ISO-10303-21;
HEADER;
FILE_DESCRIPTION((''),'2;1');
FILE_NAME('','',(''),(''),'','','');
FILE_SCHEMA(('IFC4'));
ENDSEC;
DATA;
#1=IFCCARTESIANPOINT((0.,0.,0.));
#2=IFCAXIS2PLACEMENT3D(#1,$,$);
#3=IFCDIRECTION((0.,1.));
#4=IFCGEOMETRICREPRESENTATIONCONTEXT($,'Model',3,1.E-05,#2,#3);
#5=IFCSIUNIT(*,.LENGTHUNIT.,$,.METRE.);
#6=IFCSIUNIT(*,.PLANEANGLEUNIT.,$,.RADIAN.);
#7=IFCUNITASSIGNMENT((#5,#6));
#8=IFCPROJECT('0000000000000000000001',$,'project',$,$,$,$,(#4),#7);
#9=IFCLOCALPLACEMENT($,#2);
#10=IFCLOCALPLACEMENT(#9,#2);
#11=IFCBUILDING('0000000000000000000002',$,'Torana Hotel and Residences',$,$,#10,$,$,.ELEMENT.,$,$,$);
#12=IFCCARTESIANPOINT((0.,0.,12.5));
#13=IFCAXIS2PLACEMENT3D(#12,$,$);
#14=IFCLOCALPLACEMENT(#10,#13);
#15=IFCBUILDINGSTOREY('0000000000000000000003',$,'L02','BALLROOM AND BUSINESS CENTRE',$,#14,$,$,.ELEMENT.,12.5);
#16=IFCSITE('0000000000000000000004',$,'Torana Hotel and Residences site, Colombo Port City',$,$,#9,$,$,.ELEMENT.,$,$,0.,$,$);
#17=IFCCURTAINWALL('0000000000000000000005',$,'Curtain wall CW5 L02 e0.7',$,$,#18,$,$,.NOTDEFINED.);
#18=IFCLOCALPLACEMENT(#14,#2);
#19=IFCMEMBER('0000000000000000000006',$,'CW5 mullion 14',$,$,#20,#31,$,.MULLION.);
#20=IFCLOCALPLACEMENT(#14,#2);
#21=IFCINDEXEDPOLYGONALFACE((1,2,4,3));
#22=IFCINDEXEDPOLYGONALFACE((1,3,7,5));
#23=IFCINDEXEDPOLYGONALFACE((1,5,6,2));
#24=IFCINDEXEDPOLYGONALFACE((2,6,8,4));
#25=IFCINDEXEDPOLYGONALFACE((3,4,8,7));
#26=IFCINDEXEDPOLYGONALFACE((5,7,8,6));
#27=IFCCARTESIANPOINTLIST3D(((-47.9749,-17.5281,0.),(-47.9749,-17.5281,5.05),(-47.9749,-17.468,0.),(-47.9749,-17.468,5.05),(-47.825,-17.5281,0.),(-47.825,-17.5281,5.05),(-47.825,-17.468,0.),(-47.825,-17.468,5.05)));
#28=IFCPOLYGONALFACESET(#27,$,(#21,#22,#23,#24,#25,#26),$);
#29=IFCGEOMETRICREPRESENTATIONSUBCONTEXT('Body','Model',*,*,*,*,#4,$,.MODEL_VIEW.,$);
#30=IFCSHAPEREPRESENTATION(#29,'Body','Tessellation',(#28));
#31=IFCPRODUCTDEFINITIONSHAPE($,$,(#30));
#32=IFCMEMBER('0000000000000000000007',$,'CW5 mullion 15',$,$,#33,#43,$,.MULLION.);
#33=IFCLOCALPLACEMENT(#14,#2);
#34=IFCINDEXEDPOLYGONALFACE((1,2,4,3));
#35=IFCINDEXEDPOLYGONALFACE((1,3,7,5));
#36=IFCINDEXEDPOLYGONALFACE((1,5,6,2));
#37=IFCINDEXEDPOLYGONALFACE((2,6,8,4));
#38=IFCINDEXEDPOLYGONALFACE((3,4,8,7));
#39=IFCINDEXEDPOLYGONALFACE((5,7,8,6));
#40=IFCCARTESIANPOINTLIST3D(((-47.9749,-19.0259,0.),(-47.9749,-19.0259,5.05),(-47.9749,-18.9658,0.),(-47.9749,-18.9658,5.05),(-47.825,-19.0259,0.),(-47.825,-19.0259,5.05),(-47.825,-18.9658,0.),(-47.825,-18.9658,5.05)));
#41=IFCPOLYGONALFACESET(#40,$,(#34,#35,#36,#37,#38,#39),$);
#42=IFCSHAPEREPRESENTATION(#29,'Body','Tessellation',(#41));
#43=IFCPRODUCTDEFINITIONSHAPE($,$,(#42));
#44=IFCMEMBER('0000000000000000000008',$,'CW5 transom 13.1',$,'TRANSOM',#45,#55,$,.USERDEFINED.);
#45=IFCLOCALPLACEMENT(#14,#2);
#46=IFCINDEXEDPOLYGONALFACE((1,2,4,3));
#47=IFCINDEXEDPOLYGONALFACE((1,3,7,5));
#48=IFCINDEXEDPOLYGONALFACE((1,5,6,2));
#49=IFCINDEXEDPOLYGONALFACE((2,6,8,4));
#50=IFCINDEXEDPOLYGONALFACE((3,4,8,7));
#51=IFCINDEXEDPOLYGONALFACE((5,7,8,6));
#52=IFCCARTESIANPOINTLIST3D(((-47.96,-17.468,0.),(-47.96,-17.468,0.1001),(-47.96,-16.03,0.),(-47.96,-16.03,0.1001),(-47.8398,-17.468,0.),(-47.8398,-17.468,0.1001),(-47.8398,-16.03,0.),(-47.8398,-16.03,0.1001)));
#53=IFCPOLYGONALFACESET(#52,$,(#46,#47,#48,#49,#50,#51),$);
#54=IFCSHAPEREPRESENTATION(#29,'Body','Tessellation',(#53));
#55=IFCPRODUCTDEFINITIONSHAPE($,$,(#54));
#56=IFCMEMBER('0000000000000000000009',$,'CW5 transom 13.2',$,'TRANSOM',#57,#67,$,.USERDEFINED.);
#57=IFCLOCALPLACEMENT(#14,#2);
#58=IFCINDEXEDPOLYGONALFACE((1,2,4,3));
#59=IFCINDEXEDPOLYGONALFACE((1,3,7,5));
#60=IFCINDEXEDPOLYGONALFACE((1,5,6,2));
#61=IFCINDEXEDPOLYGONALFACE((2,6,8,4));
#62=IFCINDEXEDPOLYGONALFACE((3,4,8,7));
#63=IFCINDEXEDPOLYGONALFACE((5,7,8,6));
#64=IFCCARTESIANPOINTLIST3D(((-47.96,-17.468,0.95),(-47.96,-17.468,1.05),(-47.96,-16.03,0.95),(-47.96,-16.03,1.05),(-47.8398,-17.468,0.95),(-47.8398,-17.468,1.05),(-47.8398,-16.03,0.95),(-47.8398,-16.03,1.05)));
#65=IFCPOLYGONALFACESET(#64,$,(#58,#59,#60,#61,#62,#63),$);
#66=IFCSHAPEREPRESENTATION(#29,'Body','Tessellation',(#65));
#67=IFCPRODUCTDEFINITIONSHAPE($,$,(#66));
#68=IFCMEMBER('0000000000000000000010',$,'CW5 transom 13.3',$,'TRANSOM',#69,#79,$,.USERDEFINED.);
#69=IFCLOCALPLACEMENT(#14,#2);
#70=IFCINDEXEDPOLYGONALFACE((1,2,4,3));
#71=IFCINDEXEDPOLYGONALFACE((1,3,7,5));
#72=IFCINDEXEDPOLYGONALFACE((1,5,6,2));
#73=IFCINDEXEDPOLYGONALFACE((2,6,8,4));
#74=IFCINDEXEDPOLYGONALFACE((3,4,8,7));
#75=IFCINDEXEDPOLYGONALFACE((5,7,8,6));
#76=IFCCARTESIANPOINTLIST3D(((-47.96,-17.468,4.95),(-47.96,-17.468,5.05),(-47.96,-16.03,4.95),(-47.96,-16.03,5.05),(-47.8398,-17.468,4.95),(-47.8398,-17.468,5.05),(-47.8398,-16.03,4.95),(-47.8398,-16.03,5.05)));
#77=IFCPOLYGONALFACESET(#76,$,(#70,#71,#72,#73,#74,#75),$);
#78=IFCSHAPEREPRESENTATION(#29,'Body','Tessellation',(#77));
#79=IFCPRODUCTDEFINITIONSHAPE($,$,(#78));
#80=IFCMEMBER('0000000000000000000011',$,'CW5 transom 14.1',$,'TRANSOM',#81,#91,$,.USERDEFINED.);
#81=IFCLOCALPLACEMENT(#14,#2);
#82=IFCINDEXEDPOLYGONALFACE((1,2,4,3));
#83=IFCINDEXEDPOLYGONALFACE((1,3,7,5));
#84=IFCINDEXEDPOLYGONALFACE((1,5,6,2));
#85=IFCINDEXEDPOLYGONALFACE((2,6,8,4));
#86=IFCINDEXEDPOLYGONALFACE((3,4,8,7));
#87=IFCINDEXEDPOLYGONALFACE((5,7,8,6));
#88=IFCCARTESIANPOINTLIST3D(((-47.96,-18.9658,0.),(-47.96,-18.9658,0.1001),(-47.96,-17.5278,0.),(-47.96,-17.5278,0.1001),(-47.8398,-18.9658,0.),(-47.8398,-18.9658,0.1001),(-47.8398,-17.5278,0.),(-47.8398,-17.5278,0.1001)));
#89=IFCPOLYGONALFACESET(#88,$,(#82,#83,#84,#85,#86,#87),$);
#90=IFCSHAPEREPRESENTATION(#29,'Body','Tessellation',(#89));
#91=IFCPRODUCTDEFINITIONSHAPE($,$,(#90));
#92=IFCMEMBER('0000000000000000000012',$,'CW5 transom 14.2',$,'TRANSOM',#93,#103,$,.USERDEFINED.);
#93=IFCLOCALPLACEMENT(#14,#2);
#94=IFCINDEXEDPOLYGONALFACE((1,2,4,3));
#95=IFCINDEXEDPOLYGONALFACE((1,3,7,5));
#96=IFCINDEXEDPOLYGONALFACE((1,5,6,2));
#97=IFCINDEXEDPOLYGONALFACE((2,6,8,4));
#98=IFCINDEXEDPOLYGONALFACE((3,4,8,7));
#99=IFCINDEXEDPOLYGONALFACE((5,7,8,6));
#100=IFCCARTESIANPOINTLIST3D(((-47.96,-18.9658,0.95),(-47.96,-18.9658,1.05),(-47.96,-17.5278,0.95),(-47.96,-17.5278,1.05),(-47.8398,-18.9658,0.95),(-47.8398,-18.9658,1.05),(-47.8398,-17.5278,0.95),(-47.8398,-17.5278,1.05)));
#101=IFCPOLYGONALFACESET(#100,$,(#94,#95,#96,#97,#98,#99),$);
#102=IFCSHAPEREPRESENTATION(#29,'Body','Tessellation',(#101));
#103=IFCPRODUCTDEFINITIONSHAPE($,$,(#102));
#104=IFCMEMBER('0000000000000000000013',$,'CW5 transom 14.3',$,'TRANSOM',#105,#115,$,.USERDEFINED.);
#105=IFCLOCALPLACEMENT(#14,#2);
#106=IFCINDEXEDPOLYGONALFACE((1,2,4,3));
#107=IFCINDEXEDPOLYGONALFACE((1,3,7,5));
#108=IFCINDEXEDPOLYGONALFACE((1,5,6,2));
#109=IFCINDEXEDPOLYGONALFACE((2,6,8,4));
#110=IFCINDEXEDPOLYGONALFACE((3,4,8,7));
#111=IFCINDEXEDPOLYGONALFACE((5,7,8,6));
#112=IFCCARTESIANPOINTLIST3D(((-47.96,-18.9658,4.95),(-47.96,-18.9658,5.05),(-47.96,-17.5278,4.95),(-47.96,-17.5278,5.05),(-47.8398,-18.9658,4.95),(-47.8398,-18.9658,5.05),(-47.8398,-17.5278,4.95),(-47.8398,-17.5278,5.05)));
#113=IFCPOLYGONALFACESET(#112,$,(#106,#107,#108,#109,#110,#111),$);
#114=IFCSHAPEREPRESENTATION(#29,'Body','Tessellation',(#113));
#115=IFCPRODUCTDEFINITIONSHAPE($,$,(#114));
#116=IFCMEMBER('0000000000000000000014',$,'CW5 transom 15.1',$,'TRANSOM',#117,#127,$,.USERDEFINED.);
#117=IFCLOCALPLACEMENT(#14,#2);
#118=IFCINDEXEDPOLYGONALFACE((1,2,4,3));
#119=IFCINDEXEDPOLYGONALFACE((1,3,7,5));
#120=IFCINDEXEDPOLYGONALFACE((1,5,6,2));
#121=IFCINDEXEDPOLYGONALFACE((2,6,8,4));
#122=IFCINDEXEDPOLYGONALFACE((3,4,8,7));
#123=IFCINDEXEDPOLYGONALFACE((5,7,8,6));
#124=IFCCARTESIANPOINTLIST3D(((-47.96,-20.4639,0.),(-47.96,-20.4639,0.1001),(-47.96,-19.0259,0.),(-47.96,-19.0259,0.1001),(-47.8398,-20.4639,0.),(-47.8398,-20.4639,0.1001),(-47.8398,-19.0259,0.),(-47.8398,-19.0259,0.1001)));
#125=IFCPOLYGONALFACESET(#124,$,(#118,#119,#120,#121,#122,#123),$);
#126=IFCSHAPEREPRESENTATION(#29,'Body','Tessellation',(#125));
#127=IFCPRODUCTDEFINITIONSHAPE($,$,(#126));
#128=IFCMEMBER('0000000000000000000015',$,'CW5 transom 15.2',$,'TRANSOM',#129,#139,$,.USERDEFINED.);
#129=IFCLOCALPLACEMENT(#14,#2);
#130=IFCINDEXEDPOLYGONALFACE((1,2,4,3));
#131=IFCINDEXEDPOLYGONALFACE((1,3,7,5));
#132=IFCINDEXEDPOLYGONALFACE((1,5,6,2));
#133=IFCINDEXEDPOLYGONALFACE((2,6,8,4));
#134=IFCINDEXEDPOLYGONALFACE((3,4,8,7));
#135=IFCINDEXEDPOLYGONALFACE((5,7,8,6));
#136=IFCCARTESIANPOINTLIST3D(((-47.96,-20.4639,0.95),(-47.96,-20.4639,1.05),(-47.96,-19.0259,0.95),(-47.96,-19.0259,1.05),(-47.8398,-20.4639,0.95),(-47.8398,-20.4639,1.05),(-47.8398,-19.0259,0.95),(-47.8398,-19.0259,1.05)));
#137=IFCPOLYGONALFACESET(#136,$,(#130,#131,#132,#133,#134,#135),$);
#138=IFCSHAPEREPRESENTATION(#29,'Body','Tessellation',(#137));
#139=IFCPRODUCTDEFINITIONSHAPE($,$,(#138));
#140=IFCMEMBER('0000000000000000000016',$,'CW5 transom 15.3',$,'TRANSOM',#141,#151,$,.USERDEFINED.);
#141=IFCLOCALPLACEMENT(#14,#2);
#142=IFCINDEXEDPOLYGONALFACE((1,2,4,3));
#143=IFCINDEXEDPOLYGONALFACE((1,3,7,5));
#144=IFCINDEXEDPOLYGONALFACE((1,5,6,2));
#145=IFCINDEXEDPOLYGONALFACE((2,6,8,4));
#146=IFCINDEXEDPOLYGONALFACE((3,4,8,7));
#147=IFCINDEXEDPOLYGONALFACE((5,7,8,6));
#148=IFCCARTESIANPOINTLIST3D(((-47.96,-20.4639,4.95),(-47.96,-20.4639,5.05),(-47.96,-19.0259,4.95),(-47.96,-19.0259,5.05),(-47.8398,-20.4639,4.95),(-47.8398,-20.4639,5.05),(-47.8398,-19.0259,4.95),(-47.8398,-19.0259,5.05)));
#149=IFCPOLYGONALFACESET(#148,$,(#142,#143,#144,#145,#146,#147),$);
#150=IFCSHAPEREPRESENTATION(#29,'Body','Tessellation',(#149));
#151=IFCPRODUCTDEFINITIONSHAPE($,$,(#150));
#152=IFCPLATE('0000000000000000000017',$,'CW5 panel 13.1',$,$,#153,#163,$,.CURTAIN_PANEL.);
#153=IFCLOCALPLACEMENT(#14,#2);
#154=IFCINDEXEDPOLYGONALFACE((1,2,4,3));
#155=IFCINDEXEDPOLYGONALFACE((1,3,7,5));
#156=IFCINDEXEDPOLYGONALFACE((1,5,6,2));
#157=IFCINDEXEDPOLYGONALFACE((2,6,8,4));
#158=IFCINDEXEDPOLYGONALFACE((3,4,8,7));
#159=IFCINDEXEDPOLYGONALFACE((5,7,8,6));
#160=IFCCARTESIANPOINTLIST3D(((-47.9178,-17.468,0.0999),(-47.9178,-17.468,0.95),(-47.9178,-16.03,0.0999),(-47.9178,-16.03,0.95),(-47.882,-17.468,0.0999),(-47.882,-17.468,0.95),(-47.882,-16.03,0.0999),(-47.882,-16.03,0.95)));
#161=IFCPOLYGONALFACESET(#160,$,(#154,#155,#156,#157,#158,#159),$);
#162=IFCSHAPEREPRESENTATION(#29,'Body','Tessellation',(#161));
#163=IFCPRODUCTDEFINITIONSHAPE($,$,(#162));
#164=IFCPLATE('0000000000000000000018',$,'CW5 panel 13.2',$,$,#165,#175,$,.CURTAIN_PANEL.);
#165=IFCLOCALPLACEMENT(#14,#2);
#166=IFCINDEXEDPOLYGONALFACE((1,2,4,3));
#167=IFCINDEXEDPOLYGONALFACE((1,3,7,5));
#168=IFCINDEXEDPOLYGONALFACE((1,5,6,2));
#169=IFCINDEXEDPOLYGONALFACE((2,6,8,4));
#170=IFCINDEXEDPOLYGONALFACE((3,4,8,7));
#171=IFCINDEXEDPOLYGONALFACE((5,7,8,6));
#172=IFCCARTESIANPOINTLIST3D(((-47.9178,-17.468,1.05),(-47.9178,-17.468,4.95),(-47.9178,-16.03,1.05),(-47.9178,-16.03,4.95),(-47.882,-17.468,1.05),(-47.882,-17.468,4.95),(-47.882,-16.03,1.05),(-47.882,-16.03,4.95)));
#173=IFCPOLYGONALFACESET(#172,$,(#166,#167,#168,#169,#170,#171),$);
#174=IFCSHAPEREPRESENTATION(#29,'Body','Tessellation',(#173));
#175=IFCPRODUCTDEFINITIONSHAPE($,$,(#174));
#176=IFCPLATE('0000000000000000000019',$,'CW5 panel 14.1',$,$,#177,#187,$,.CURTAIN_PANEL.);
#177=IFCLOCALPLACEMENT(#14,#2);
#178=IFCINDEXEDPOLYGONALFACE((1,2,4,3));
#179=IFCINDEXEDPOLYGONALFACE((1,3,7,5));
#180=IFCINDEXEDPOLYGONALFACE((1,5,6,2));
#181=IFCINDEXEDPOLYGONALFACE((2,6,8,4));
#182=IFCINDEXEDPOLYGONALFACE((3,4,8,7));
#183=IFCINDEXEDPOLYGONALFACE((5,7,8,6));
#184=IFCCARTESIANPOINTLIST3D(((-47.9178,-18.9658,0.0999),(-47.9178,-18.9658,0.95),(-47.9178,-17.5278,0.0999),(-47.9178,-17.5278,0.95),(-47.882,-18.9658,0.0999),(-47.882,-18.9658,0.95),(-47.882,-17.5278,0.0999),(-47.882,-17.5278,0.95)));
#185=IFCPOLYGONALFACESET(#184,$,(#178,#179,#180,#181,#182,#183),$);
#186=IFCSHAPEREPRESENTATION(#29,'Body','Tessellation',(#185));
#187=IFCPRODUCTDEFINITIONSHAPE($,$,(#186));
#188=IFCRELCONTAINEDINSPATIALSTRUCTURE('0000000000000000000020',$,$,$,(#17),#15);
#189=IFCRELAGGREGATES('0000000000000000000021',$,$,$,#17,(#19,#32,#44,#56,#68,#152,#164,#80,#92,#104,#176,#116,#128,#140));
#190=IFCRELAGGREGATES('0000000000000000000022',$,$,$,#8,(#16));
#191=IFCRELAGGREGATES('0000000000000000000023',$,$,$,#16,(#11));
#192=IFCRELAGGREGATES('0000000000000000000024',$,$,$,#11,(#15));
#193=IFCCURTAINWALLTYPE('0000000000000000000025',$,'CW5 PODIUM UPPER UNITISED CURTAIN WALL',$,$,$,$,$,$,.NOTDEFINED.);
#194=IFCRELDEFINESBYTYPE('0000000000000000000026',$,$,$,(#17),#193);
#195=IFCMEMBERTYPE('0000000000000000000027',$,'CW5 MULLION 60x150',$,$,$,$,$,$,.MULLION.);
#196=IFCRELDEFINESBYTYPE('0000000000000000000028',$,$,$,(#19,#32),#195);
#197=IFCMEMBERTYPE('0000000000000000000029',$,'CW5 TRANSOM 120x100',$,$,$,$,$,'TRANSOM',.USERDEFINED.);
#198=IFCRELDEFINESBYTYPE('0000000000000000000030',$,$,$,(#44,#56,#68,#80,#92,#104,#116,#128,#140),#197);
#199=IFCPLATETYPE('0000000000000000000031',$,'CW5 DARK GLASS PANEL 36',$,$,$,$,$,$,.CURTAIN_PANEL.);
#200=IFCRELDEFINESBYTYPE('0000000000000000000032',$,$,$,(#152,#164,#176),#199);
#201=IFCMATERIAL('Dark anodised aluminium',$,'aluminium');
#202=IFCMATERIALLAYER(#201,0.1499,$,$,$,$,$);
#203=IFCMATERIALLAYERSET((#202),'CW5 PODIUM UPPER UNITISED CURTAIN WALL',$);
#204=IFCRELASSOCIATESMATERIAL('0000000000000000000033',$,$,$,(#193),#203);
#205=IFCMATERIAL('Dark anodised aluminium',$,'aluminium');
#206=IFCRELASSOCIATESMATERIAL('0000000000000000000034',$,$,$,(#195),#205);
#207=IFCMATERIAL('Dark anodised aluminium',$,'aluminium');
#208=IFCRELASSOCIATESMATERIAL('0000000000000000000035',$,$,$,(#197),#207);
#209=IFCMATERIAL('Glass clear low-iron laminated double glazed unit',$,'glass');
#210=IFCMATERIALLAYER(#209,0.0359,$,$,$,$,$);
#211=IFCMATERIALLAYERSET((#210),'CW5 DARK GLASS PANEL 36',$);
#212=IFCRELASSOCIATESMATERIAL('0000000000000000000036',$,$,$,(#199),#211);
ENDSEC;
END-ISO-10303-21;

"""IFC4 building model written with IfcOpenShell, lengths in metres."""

from ifc_helpers import new_model, si_unit, direction, frame, origin, origin_2d, place, context, subcontext, project, spatial, rectangle, extrude, material, layer, layer_set, material_profile, profile_set, type_object, element, aggregate, save


model = new_model("IFC4")

# Units and contexts
model_context = context("Model", 3, precision=1e-05, world=origin(), true_north=direction((0.0, 1.0)))
body_context = subcontext(model_context, "Body", "Model", "MODEL_VIEW")
ifc_project = project(units=[si_unit("LENGTHUNIT", "METRE"), si_unit("PLANEANGLEUNIT", "RADIAN")], contexts=[model_context])

# Site, building, storey
site_placement = place(None, origin())
site = spatial("IfcSite", under=ifc_project, at=site_placement, Name="Torana Hotel and Residences site, Colombo Port City", CompositionType="ELEMENT", RefElevation=0.0)
building_placement = place(site_placement, origin())
building = spatial("IfcBuilding", under=site, at=building_placement, Name="Torana Hotel and Residences", CompositionType="ELEMENT")
storey_placement = place(building_placement, frame((0.0, 0.0, 12.5)))
storey = spatial("IfcBuildingStorey", under=building, at=storey_placement, Name="L02", Description="BALLROOM AND BUSINESS CENTRE", CompositionType="ELEMENT", Elevation=12.5)

# Curtain wall, members, plates
ifc_material_1 = material(Name="Dark anodised aluminium", Category="aluminium")
ifc_layer_1 = layer(ifc_material_1, 0.1499)
ifc_layer_set_1 = layer_set([ifc_layer_1], Name="CW5 PODIUM UPPER UNITISED CURTAIN WALL")
curtain_wall_type = type_object("IfcCurtainWallType", Name="CW5 PODIUM UPPER UNITISED CURTAIN WALL", PredefinedType="NOTDEFINED", material=ifc_layer_set_1)
curtain_wall_placement = place(storey_placement, origin())
curtain_wall = element("IfcCurtainWall", 1, at=curtain_wall_placement, inside=storey, type_object=curtain_wall_type, Name="Curtain wall CW5 L02 e0.7", PredefinedType="NOTDEFINED")
ifc_material_2 = material(Name="Dark anodised aluminium", Category="aluminium")
ifc_material_profile_1 = material_profile(ifc_material_2, rectangle(XDim=0.1499, YDim=0.0601, at=origin_2d()), Name="CW5 MULLION 60x150")
ifc_profile_set_1 = profile_set([ifc_material_profile_1], Name="Dark anodised aluminium")
member_type_1 = type_object("IfcMemberType", Name="CW5 MULLION 60x150", PredefinedType="MULLION", material=ifc_profile_set_1)
member_1_placement = place(storey_placement, frame((-47.8999, -17.498, 0.0), z_axis=(0.0, 0.0, 1.0), x_axis=(1.0, 0.0, 0.0)))
member_1 = element("IfcMember", 2, at=member_1_placement, type_object=member_type_1, Name="CW5 mullion 14", PredefinedType="MULLION", context=body_context, shape_type="SweptSolid", body=[
    extrude(rectangle(XDim=0.1499, YDim=0.0601, at=origin_2d()), origin(), (0.0, 0.0, 1.0), 5.05),
])
member_2_placement = place(storey_placement, frame((-47.8999, -18.9958, 0.0), z_axis=(0.0, 0.0, 1.0), x_axis=(1.0, 0.0, 0.0)))
member_2 = element("IfcMember", 3, at=member_2_placement, type_object=member_type_1, Name="CW5 mullion 15", PredefinedType="MULLION", context=body_context, shape_type="SweptSolid", body=[
    extrude(rectangle(XDim=0.1499, YDim=0.0601, at=origin_2d()), origin(), (0.0, 0.0, 1.0), 5.05),
])
ifc_material_3 = material(Name="Dark anodised aluminium", Category="aluminium")
ifc_material_profile_2 = material_profile(ifc_material_3, rectangle(XDim=0.1201, YDim=0.1001, at=origin_2d()), Name="CW5 TRANSOM 120x100")
ifc_profile_set_2 = profile_set([ifc_material_profile_2], Name="Dark anodised aluminium")
member_type_2 = type_object("IfcMemberType", Name="CW5 TRANSOM 120x100", ElementType="TRANSOM", PredefinedType="USERDEFINED", material=ifc_profile_set_2)
member_3_placement = place(storey_placement, frame((-47.8999, -16.03, 0.05), z_axis=(0.0, -1.0, 0.0), x_axis=(1.0, 0.0, 0.0)))
member_3 = element("IfcMember", 4, at=member_3_placement, type_object=member_type_2, Name="CW5 transom 13.1", ObjectType="TRANSOM", PredefinedType="USERDEFINED", context=body_context, shape_type="SweptSolid", body=[
    extrude(rectangle(XDim=0.1201, YDim=0.1001, at=origin_2d()), origin(), (0.0, 0.0, 1.0), 1.438),
])
member_4_placement = place(storey_placement, frame((-47.8999, -16.03, 1.0), z_axis=(0.0, -1.0, 0.0), x_axis=(1.0, 0.0, 0.0)))
member_4 = element("IfcMember", 5, at=member_4_placement, type_object=member_type_2, Name="CW5 transom 13.2", ObjectType="TRANSOM", PredefinedType="USERDEFINED", context=body_context, shape_type="SweptSolid", body=[
    extrude(rectangle(XDim=0.1201, YDim=0.1001, at=origin_2d()), origin(), (0.0, 0.0, 1.0), 1.438),
])
member_5_placement = place(storey_placement, frame((-47.8999, -16.03, 5.0), z_axis=(0.0, -1.0, 0.0), x_axis=(1.0, 0.0, 0.0)))
member_5 = element("IfcMember", 6, at=member_5_placement, type_object=member_type_2, Name="CW5 transom 13.3", ObjectType="TRANSOM", PredefinedType="USERDEFINED", context=body_context, shape_type="SweptSolid", body=[
    extrude(rectangle(XDim=0.1201, YDim=0.1001, at=origin_2d()), origin(), (0.0, 0.0, 1.0), 1.438),
])
member_6_placement = place(storey_placement, frame((-47.8999, -17.5278, 0.05), z_axis=(0.0, -1.0, 0.0), x_axis=(1.0, 0.0, 0.0)))
member_6 = element("IfcMember", 7, at=member_6_placement, type_object=member_type_2, Name="CW5 transom 14.1", ObjectType="TRANSOM", PredefinedType="USERDEFINED", context=body_context, shape_type="SweptSolid", body=[
    extrude(rectangle(XDim=0.1201, YDim=0.1001, at=origin_2d()), origin(), (0.0, 0.0, 1.0), 1.438),
])
member_7_placement = place(storey_placement, frame((-47.8999, -17.5278, 1.0), z_axis=(0.0, -1.0, 0.0), x_axis=(1.0, 0.0, 0.0)))
member_7 = element("IfcMember", 8, at=member_7_placement, type_object=member_type_2, Name="CW5 transom 14.2", ObjectType="TRANSOM", PredefinedType="USERDEFINED", context=body_context, shape_type="SweptSolid", body=[
    extrude(rectangle(XDim=0.1201, YDim=0.1001, at=origin_2d()), origin(), (0.0, 0.0, 1.0), 1.438),
])
member_8_placement = place(storey_placement, frame((-47.8999, -17.5278, 5.0), z_axis=(0.0, -1.0, 0.0), x_axis=(1.0, 0.0, 0.0)))
member_8 = element("IfcMember", 9, at=member_8_placement, type_object=member_type_2, Name="CW5 transom 14.3", ObjectType="TRANSOM", PredefinedType="USERDEFINED", context=body_context, shape_type="SweptSolid", body=[
    extrude(rectangle(XDim=0.1201, YDim=0.1001, at=origin_2d()), origin(), (0.0, 0.0, 1.0), 1.438),
])
member_9_placement = place(storey_placement, frame((-47.8999, -19.0259, 0.05), z_axis=(0.0, -1.0, 0.0), x_axis=(1.0, 0.0, 0.0)))
member_9 = element("IfcMember", 10, at=member_9_placement, type_object=member_type_2, Name="CW5 transom 15.1", ObjectType="TRANSOM", PredefinedType="USERDEFINED", context=body_context, shape_type="SweptSolid", body=[
    extrude(rectangle(XDim=0.1201, YDim=0.1001, at=origin_2d()), origin(), (0.0, 0.0, 1.0), 1.438),
])
member_10_placement = place(storey_placement, frame((-47.8999, -19.0259, 1.0), z_axis=(0.0, -1.0, 0.0), x_axis=(1.0, 0.0, 0.0)))
member_10 = element("IfcMember", 11, at=member_10_placement, type_object=member_type_2, Name="CW5 transom 15.2", ObjectType="TRANSOM", PredefinedType="USERDEFINED", context=body_context, shape_type="SweptSolid", body=[
    extrude(rectangle(XDim=0.1201, YDim=0.1001, at=origin_2d()), origin(), (0.0, 0.0, 1.0), 1.438),
])
member_11_placement = place(storey_placement, frame((-47.8999, -19.0259, 5.0), z_axis=(0.0, -1.0, 0.0), x_axis=(1.0, 0.0, 0.0)))
member_11 = element("IfcMember", 12, at=member_11_placement, type_object=member_type_2, Name="CW5 transom 15.3", ObjectType="TRANSOM", PredefinedType="USERDEFINED", context=body_context, shape_type="SweptSolid", body=[
    extrude(rectangle(XDim=0.1201, YDim=0.1001, at=origin_2d()), origin(), (0.0, 0.0, 1.0), 1.438),
])
ifc_material_4 = material(Name="Glass clear low-iron laminated double glazed unit", Category="glass")
ifc_layer_2 = layer(ifc_material_4, 0.0359)
ifc_layer_set_2 = layer_set([ifc_layer_2], Name="CW5 DARK GLASS PANEL 36")
plate_type = type_object("IfcPlateType", Name="CW5 DARK GLASS PANEL 36", PredefinedType="CURTAIN_PANEL", material=ifc_layer_set_2)
plate_1_placement = place(storey_placement, frame((-47.8999, -16.749, 0.0999), z_axis=(0.0, 0.0, 1.0), x_axis=(0.0, -1.0, 0.0)))
plate_1 = element("IfcPlate", 13, at=plate_1_placement, type_object=plate_type, Name="CW5 panel 13.1", PredefinedType="CURTAIN_PANEL", context=body_context, shape_type="SweptSolid", body=[
    extrude(rectangle(XDim=1.438, YDim=0.0359, at=origin_2d()), origin(), (0.0, 0.0, 1.0), 0.8501),
])
plate_2_placement = place(storey_placement, frame((-47.8999, -16.749, 1.05), z_axis=(0.0, 0.0, 1.0), x_axis=(0.0, -1.0, 0.0)))
plate_2 = element("IfcPlate", 14, at=plate_2_placement, type_object=plate_type, Name="CW5 panel 13.2", PredefinedType="CURTAIN_PANEL", context=body_context, shape_type="SweptSolid", body=[
    extrude(rectangle(XDim=1.438, YDim=0.0359, at=origin_2d()), origin(), (0.0, 0.0, 1.0), 3.8999),
])
plate_3_placement = place(storey_placement, frame((-47.8999, -18.2468, 0.0999), z_axis=(0.0, 0.0, 1.0), x_axis=(0.0, -1.0, 0.0)))
plate_3 = element("IfcPlate", 15, at=plate_3_placement, type_object=plate_type, Name="CW5 panel 14.1", PredefinedType="CURTAIN_PANEL", context=body_context, shape_type="SweptSolid", body=[
    extrude(rectangle(XDim=1.438, YDim=0.0359, at=origin_2d()), origin(), (0.0, 0.0, 1.0), 0.8501),
])
aggregate(curtain_wall, [member_1, member_2, member_3, member_4, member_5, plate_1, plate_2, member_6, member_7, member_8, plate_3, member_9, member_10, member_11])

save(model, "model.ifc")
